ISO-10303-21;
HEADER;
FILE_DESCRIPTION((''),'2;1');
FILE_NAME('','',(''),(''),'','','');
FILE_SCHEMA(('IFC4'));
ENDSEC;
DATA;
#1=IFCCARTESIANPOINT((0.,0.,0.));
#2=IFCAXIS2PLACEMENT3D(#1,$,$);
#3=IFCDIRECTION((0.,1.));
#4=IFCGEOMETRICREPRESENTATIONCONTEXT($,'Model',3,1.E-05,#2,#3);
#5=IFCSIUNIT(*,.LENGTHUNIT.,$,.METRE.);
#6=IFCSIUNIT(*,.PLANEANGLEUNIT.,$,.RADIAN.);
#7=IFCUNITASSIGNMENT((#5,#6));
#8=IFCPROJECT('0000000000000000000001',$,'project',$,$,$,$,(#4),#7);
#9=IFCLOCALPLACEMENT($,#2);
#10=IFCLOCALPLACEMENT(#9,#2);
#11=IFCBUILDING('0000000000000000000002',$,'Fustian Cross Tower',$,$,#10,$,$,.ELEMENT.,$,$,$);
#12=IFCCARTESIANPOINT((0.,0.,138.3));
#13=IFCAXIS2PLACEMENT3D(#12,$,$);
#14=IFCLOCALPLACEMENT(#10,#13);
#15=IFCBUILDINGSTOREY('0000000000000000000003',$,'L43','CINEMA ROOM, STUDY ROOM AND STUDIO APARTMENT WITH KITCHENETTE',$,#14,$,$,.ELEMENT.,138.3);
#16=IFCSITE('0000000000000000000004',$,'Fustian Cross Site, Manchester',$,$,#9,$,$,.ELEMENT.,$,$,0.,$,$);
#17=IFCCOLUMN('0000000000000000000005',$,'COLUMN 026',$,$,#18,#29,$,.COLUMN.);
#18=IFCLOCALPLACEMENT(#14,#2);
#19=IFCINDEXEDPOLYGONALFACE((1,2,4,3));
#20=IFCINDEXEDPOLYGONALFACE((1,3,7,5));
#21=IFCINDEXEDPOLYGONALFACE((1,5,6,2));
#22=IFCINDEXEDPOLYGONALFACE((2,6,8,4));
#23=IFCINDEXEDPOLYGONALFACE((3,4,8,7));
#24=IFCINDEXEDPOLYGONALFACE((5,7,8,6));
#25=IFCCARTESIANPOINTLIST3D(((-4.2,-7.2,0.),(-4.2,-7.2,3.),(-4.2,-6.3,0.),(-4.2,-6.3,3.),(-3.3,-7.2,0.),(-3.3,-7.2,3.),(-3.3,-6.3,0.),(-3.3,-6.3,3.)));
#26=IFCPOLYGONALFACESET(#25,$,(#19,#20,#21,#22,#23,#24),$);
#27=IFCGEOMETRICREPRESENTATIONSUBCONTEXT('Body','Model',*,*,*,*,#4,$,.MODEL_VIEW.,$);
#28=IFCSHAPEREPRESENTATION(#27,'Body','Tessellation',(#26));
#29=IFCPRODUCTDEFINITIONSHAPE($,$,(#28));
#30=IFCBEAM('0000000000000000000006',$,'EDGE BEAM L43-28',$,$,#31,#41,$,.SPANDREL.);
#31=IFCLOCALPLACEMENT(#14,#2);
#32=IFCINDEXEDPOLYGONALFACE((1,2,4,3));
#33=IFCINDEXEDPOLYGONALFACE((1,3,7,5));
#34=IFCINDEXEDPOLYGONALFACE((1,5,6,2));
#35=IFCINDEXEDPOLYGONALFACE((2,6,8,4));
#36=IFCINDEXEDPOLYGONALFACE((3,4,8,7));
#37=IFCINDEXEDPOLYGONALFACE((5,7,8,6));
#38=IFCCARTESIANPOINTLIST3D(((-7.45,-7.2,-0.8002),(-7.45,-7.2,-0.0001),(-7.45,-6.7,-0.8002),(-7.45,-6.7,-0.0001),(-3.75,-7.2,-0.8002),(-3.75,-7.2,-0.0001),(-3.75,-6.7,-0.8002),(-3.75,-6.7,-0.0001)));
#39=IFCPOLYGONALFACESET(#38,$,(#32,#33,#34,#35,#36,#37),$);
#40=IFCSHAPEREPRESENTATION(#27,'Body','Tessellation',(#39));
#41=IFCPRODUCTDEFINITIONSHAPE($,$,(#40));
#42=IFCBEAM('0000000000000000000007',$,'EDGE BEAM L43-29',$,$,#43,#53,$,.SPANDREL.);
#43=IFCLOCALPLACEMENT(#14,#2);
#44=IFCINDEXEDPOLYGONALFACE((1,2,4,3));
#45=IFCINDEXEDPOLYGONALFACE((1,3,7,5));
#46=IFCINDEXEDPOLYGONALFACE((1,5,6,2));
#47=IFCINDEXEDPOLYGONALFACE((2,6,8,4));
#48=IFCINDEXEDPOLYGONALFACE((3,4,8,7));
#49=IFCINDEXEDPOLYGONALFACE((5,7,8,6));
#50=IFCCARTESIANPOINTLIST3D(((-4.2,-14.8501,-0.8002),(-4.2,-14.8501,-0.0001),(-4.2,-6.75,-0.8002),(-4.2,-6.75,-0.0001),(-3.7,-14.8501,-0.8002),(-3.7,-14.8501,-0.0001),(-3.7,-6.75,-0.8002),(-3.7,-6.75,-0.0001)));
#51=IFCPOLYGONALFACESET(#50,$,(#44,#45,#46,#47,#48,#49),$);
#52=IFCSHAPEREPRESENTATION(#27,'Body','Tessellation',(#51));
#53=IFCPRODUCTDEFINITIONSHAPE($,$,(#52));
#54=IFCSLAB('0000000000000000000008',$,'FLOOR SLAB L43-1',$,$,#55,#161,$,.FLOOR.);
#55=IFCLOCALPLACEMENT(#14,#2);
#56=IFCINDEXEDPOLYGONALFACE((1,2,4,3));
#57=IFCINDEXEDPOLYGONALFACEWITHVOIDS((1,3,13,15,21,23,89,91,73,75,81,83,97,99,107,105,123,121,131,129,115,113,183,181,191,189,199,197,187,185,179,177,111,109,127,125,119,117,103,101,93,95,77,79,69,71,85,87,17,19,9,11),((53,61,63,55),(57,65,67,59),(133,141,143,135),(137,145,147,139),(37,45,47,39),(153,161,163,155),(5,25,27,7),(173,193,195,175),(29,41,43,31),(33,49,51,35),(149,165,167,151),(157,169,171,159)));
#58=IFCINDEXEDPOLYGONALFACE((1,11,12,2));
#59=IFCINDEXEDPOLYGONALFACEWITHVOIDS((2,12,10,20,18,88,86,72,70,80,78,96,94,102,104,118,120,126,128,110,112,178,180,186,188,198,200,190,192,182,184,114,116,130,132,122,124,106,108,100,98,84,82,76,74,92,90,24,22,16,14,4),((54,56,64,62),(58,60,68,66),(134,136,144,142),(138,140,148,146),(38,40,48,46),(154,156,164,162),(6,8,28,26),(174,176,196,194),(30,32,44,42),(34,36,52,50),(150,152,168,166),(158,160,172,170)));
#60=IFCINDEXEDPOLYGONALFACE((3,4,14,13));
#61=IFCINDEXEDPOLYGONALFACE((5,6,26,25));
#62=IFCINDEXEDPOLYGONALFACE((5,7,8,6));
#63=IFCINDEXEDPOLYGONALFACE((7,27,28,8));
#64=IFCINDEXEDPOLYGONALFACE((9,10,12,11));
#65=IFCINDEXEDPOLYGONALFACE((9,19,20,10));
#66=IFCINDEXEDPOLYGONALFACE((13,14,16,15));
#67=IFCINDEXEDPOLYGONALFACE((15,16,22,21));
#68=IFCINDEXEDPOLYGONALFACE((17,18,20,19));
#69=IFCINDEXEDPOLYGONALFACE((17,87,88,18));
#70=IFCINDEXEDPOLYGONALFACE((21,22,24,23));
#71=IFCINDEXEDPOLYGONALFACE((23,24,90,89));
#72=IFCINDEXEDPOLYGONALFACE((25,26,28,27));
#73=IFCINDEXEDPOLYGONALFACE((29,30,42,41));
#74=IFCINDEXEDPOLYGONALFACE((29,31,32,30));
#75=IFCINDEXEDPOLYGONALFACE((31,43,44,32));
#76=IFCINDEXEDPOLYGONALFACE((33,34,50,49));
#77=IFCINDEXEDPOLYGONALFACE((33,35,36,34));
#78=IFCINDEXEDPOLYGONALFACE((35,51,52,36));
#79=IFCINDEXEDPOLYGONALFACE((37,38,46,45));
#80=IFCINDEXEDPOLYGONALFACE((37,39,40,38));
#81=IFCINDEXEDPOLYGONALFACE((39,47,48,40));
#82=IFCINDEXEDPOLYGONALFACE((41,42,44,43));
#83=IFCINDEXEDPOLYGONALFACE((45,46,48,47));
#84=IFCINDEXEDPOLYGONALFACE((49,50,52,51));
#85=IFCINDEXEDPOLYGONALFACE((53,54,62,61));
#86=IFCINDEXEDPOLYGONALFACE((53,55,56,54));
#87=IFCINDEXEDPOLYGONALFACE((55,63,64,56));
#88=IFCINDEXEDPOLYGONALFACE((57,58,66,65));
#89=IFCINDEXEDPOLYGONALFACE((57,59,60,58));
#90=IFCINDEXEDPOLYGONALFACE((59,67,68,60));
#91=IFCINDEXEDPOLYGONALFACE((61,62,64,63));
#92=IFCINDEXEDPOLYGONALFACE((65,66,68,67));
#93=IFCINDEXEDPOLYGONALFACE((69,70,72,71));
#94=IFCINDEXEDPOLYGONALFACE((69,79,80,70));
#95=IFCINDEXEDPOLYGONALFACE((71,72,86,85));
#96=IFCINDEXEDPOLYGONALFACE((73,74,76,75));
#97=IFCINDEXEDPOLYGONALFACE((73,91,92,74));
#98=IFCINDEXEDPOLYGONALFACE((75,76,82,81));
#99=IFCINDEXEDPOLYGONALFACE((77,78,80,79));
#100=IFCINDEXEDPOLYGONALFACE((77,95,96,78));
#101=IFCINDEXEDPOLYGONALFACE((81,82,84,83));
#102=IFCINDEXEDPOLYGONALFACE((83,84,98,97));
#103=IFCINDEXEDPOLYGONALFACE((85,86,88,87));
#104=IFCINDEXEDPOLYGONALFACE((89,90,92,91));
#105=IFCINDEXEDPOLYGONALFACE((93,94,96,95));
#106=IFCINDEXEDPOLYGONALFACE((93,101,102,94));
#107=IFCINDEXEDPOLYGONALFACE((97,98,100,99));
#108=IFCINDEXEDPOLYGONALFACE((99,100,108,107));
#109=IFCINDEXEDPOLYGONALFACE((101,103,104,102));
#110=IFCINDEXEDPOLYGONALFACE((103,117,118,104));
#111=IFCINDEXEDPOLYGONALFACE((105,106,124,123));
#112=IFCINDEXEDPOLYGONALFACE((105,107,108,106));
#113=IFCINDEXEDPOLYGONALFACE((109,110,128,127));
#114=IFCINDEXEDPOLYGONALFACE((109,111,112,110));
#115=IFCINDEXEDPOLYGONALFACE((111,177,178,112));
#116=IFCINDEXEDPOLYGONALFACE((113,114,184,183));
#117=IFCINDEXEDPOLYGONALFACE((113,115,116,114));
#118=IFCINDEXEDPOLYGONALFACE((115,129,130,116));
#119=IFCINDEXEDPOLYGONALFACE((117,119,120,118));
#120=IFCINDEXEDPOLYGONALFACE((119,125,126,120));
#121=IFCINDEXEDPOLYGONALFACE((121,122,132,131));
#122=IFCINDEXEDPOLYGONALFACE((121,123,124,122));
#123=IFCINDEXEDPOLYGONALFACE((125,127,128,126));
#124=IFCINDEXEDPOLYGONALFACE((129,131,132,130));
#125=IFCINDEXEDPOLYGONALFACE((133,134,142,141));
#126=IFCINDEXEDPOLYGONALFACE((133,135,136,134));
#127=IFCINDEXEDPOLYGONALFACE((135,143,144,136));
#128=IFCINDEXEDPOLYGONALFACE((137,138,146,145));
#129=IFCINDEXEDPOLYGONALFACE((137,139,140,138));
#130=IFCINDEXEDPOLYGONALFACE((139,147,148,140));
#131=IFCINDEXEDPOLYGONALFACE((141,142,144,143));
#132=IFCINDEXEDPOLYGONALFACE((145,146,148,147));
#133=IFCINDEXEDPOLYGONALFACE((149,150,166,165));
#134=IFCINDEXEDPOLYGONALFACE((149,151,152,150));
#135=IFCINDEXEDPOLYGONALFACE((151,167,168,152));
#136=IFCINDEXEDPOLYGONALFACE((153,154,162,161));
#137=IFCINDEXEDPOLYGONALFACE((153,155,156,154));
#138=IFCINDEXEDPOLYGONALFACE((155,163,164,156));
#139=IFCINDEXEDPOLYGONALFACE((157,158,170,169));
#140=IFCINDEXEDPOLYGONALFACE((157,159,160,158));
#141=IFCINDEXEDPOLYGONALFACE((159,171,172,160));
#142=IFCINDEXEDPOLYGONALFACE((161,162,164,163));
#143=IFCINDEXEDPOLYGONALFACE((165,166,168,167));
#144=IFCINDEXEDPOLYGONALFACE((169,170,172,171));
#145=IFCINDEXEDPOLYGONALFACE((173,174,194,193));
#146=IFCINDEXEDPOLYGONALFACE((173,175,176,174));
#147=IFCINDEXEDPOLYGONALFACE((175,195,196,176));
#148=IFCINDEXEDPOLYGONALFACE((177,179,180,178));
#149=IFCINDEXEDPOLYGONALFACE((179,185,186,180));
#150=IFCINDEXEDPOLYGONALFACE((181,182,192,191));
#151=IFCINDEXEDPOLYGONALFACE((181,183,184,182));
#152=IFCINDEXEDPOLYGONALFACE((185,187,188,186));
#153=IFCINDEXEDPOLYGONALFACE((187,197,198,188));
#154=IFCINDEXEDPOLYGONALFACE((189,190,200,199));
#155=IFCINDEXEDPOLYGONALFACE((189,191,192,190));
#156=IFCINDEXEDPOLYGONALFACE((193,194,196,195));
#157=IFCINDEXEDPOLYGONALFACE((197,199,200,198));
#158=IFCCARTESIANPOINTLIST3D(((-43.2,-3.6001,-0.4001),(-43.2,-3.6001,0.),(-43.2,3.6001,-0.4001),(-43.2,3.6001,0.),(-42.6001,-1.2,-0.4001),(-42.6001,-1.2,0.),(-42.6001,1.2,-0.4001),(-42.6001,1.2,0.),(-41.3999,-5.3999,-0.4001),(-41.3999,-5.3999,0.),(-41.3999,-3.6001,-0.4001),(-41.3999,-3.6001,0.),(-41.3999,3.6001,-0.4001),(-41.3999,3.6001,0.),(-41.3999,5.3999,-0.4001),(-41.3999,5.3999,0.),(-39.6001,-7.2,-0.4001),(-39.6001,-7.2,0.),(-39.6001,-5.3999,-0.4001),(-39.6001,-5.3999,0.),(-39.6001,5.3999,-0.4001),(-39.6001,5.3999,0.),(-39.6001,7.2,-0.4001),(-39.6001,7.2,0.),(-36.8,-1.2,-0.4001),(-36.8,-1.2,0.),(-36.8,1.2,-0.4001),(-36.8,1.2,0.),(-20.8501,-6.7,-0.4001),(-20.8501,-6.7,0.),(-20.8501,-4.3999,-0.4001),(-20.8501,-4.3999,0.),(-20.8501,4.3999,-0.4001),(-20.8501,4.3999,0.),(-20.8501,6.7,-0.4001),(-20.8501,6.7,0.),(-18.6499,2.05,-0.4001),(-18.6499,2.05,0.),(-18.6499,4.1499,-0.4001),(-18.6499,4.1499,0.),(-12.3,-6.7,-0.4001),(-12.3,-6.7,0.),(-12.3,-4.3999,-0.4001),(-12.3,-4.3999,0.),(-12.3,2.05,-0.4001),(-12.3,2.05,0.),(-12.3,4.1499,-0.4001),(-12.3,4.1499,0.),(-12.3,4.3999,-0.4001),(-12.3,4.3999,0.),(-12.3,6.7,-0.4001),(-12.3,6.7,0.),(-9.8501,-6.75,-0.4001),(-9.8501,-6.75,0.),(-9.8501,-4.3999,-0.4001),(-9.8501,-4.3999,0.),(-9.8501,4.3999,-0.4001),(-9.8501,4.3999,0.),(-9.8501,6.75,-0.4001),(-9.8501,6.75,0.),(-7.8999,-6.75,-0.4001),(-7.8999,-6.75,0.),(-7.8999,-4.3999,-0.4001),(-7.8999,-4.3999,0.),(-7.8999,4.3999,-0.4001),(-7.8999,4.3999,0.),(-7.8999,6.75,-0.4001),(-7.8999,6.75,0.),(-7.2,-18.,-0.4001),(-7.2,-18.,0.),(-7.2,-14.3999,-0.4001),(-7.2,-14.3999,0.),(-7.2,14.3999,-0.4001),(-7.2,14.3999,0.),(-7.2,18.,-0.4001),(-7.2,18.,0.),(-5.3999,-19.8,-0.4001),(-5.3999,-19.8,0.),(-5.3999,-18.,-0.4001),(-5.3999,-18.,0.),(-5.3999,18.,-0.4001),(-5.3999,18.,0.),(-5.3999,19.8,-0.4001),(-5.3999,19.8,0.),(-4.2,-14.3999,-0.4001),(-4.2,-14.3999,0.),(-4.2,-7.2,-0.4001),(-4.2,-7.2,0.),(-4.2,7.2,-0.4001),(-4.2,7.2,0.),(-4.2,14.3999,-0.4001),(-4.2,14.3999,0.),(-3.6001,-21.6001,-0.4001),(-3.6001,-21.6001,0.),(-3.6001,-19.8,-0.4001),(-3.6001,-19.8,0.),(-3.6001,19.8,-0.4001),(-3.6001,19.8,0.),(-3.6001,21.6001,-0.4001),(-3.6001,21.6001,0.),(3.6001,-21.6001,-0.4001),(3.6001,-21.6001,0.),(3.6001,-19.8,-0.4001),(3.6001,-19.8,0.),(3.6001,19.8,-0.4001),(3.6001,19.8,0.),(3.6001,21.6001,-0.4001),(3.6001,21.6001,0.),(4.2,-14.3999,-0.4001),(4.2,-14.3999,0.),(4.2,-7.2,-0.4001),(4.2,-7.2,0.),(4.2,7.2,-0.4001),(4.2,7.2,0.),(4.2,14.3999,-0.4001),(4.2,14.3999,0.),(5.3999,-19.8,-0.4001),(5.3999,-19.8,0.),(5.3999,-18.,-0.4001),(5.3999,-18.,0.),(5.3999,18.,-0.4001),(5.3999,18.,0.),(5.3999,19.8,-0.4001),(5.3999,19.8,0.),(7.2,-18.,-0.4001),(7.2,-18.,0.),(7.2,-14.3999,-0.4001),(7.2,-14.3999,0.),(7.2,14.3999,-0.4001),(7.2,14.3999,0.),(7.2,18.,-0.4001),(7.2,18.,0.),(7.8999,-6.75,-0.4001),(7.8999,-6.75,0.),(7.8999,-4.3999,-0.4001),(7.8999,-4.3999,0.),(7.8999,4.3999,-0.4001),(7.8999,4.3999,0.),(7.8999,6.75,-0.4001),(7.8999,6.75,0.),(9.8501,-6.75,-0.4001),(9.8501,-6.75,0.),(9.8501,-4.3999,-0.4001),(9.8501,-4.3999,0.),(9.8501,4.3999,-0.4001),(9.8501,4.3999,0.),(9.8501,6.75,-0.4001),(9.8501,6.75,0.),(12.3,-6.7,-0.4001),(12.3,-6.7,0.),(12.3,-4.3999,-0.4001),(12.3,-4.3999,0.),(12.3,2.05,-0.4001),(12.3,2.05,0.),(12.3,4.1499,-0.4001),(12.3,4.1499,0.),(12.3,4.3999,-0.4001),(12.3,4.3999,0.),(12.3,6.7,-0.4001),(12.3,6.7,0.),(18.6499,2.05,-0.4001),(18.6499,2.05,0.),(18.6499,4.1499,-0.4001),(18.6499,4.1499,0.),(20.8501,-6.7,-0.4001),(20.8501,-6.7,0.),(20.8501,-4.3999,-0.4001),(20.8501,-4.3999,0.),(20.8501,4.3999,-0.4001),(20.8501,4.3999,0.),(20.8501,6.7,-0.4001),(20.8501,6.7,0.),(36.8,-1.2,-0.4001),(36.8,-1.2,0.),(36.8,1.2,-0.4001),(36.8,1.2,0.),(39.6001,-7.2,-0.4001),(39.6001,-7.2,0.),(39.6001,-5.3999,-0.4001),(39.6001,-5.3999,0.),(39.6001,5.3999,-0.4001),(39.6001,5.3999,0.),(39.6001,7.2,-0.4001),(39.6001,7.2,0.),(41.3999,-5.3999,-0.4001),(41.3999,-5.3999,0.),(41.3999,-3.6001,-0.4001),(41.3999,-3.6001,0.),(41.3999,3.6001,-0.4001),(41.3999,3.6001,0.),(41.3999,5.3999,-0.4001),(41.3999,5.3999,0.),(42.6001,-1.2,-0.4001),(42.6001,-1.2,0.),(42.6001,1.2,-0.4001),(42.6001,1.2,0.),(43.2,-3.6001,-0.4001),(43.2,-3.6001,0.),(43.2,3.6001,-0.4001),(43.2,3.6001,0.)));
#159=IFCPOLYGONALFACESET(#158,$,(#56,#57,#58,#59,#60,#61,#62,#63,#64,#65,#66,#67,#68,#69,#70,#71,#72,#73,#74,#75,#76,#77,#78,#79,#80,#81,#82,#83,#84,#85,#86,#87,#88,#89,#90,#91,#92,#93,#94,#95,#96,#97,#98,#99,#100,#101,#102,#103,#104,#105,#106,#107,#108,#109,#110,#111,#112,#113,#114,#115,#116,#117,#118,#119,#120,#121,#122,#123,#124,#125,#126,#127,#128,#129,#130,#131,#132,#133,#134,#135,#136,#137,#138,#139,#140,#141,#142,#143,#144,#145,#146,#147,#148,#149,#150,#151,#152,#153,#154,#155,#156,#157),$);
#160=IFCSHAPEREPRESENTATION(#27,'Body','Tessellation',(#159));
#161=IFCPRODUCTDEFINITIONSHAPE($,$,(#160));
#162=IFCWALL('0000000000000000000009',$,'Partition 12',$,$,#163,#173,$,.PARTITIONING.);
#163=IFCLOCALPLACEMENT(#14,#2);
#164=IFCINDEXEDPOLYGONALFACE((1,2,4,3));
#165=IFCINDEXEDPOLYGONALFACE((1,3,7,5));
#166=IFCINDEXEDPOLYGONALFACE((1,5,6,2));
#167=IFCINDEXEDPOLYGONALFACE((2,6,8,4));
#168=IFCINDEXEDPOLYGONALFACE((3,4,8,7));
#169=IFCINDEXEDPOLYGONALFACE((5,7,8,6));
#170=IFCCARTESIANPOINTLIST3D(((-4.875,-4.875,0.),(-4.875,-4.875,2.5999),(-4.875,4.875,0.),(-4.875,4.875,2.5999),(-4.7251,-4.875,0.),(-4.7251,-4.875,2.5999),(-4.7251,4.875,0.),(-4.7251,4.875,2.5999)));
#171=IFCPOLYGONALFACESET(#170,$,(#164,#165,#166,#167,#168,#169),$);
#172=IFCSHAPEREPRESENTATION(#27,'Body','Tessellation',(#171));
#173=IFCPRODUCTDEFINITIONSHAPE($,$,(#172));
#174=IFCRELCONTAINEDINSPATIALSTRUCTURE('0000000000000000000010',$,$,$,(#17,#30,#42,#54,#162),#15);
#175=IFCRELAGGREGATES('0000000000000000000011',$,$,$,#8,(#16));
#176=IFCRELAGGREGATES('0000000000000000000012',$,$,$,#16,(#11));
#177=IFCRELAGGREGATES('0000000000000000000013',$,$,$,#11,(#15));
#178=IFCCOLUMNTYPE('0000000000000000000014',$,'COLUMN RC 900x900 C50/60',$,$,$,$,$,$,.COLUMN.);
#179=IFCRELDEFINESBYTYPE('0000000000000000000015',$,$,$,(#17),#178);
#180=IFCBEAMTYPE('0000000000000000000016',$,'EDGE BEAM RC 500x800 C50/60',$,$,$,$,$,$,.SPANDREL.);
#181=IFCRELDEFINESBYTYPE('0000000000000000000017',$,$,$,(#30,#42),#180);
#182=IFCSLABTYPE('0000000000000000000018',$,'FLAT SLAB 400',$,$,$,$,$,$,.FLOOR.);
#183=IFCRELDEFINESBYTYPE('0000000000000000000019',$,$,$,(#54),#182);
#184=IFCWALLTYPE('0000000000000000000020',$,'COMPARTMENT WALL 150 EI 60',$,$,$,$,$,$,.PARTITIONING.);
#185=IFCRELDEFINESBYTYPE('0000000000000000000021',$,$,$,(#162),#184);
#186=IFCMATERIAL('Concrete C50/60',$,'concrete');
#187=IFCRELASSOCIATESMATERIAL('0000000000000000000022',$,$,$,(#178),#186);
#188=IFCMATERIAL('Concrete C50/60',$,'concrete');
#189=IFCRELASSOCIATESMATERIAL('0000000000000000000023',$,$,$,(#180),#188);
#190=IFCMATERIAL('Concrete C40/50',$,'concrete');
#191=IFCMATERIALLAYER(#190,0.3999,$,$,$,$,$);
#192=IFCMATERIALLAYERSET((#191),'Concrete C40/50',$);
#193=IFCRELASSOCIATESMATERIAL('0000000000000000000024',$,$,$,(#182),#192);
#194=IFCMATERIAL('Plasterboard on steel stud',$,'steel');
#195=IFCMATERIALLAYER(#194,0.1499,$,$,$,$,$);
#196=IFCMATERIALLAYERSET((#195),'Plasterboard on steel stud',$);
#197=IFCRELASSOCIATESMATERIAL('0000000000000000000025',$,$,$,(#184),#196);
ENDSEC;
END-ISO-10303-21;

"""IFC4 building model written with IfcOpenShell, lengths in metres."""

from ifc_helpers import new_model, si_unit, direction, frame, frame_2d, origin, origin_2d, place, context, subcontext, project, spatial, polyline, rectangle, outline, extrude, material, layer, layer_set, material_profile, profile_set, type_object, element, save


model = new_model("IFC4")

# Units and contexts
model_context = context("Model", 3, precision=1e-05, world=origin(), true_north=direction((0.0, 1.0)))
body_context = subcontext(model_context, "Body", "Model", "MODEL_VIEW")
ifc_project = project(units=[si_unit("LENGTHUNIT", "METRE"), si_unit("PLANEANGLEUNIT", "RADIAN")], contexts=[model_context])

# Site, building, storey
site_placement = place(None, origin())
site = spatial("IfcSite", under=ifc_project, at=site_placement, Name="Fustian Cross Site, Manchester", CompositionType="ELEMENT", RefElevation=0.0)
building_placement = place(site_placement, origin())
building = spatial("IfcBuilding", under=site, at=building_placement, Name="Fustian Cross Tower", CompositionType="ELEMENT")
storey_placement = place(building_placement, frame((0.0, 0.0, 138.3)))
storey = spatial("IfcBuildingStorey", under=building, at=storey_placement, Name="L43", Description="CINEMA ROOM, STUDY ROOM AND STUDIO APARTMENT WITH KITCHENETTE", CompositionType="ELEMENT", Elevation=138.3)

# Column
ifc_material_1 = material(Name="Concrete C50/60", Category="concrete")
ifc_material_profile_1 = material_profile(ifc_material_1, rectangle(XDim=0.8999, YDim=0.8999, at=origin_2d()), Name="RC 900x900")
ifc_profile_set_1 = profile_set([ifc_material_profile_1], Name="Concrete C50/60")
column_type = type_object("IfcColumnType", Name="COLUMN RC 900x900 C50/60", PredefinedType="COLUMN", material=ifc_profile_set_1)
column_placement = place(storey_placement, frame((-3.75, -6.75, 0.0), z_axis=(0.0, 0.0, 1.0), x_axis=(1.0, 0.0, 0.0)))
element("IfcColumn", 1, at=column_placement, inside=storey, type_object=column_type, Name="COLUMN 026", PredefinedType="COLUMN", context=body_context, shape_type="SweptSolid", body=[
    extrude(rectangle(XDim=0.8999, YDim=0.8999, at=origin_2d()), origin(), (0.0, 0.0, 1.0), 3.0),
])

# Beams
ifc_material_2 = material(Name="Concrete C50/60", Category="concrete")
ifc_material_profile_2 = material_profile(ifc_material_2, rectangle(XDim=0.5, YDim=0.8, at=origin_2d()), Name="RC 500x800")
ifc_profile_set_2 = profile_set([ifc_material_profile_2], Name="Concrete C50/60")
beam_type = type_object("IfcBeamType", Name="EDGE BEAM RC 500x800 C50/60", PredefinedType="SPANDREL", material=ifc_profile_set_2)
beam_1_placement = place(storey_placement, frame((-7.45, -6.95, -0.4001), z_axis=(1.0, 0.0, 0.0), x_axis=(0.0, 1.0, 0.0)))
element("IfcBeam", 2, at=beam_1_placement, inside=storey, type_object=beam_type, Name="EDGE BEAM L43-28", PredefinedType="SPANDREL", context=body_context, shape_type="SweptSolid", body=[
    extrude(rectangle(XDim=0.5, YDim=0.8, at=origin_2d()), origin(), (0.0, 0.0, 1.0), 3.7),
])
beam_2_placement = place(storey_placement, frame((-3.95, -6.75, -0.4001), z_axis=(0.0, -1.0, 0.0), x_axis=(1.0, 0.0, 0.0)))
element("IfcBeam", 3, at=beam_2_placement, inside=storey, type_object=beam_type, Name="EDGE BEAM L43-29", PredefinedType="SPANDREL", context=body_context, shape_type="SweptSolid", body=[
    extrude(rectangle(XDim=0.5, YDim=0.8, at=origin_2d()), origin(), (0.0, 0.0, 1.0), 8.1001),
])

# Slab
ifc_material_3 = material(Name="Concrete C40/50", Category="concrete")
ifc_layer_1 = layer(ifc_material_3, 0.3999)
ifc_layer_set_1 = layer_set([ifc_layer_1], Name="Concrete C40/50")
slab_type = type_object("IfcSlabType", Name="FLAT SLAB 400", PredefinedType="FLOOR", material=ifc_layer_set_1)
slab_placement = place(storey_placement, frame((0.0, 0.0, -0.4001)))
element("IfcSlab", 4, at=slab_placement, inside=storey, type_object=slab_type, Name="FLOOR SLAB L43-1", PredefinedType="FLOOR", context=body_context, shape_type="SweptSolid", body=[
    extrude(outline(polyline([(-5.3999, -18.0), (-7.2, -18.0), (-7.2, -14.3999), (-4.2, -14.3999), (-4.2, -7.2), (-39.6001, -7.2), (-39.6001, -5.3999), (-41.3999, -5.3999), (-41.3999, -3.6001), (-43.2, -3.6001), (-43.2, 3.6001), (-41.3999, 3.6001), (-41.3999, 5.3999), (-39.6001, 5.3999), (-39.6001, 7.2), (-4.2, 7.2), (-4.2, 14.3999), (-7.2, 14.3999), (-7.2, 18.0), (-5.3999, 18.0), (-5.3999, 19.8), (-3.6001, 19.8), (-3.6001, 21.6001), (3.6001, 21.6001), (3.6001, 19.8), (5.3999, 19.8), (5.3999, 18.0), (7.2, 18.0), (7.2, 14.3999), (4.2, 14.3999), (4.2, 7.2), (39.6001, 7.2), (39.6001, 5.3999), (41.3999, 5.3999), (41.3999, 3.6001), (43.2, 3.6001), (43.2, -3.6001), (41.3999, -3.6001), (41.3999, -5.3999), (39.6001, -5.3999), (39.6001, -7.2), (4.2, -7.2), (4.2, -14.3999), (7.2, -14.3999), (7.2, -18.0), (5.3999, -18.0), (5.3999, -19.8), (3.6001, -19.8), (3.6001, -21.6001), (-3.6001, -21.6001), (-3.6001, -19.8), (-5.3999, -19.8), (-5.3999, -18.0)]), holes=[polyline([(9.8501, 4.3999), (9.8501, 6.75), (7.8999, 6.75), (7.8999, 4.3999), (9.8501, 4.3999)]), polyline([(7.8999, -6.75), (9.8501, -6.75), (9.8501, -4.3999), (7.8999, -4.3999), (7.8999, -6.75)]), polyline([(-9.8501, 6.75), (-9.8501, 4.3999), (-7.8999, 4.3999), (-7.8999, 6.75), (-9.8501, 6.75)]), polyline([(-7.8999, -4.3999), (-9.8501, -4.3999), (-9.8501, -6.75), (-7.8999, -6.75), (-7.8999, -4.3999)]), polyline([(18.6499, 2.05), (18.6499, 4.1499), (12.3, 4.1499), (12.3, 2.05), (18.6499, 2.05)]), polyline([(-18.6499, 2.05), (-12.3, 2.05), (-12.3, 4.1499), (-18.6499, 4.1499), (-18.6499, 2.05)]), polyline([(12.3, 6.7), (12.3, 4.3999), (20.8501, 4.3999), (20.8501, 6.7), (12.3, 6.7)]), polyline([(20.8501, -4.3999), (12.3, -4.3999), (12.3, -6.7), (20.8501, -6.7), (20.8501, -4.3999)]), polyline([(-12.3, 4.3999), (-12.3, 6.7), (-20.8501, 6.7), (-20.8501, 4.3999), (-12.3, 4.3999)]), polyline([(-20.8501, -6.7), (-12.3, -6.7), (-12.3, -4.3999), (-20.8501, -4.3999), (-20.8501, -6.7)]), polyline([(36.8, 1.2), (36.8, -1.2), (42.6001, -1.2), (42.6001, 1.2), (36.8, 1.2)]), polyline([(-36.8, 1.2), (-42.6001, 1.2), (-42.6001, -1.2), (-36.8, -1.2), (-36.8, 1.2)])]), origin(), (0.0, 0.0, 1.0), 0.4001),
])

# Wall
ifc_material_4 = material(Name="Plasterboard on steel stud", Category="steel")
ifc_layer_2 = layer(ifc_material_4, 0.1499)
ifc_layer_set_2 = layer_set([ifc_layer_2], Name="Plasterboard on steel stud")
wall_type_1 = type_object("IfcWallType", Name="COMPARTMENT WALL 150 EI 60", PredefinedType="PARTITIONING", material=ifc_layer_set_2)
wall_1_placement = place(storey_placement, frame((-4.8, -4.875, 0.0), z_axis=(0.0, 0.0, 1.0), x_axis=(0.0, 1.0, 0.0)))
element("IfcWall", 5, at=wall_1_placement, inside=storey, type_object=wall_type_1, Name="Partition 12", PredefinedType="PARTITIONING", context=body_context, shape_type="SweptSolid", body=[
    extrude(rectangle(XDim=9.75, YDim=0.1499, at=frame_2d((4.875, 0.0))), origin(), (0.0, 0.0, 1.0), 2.5999),
])

save(model, "model.ifc")
